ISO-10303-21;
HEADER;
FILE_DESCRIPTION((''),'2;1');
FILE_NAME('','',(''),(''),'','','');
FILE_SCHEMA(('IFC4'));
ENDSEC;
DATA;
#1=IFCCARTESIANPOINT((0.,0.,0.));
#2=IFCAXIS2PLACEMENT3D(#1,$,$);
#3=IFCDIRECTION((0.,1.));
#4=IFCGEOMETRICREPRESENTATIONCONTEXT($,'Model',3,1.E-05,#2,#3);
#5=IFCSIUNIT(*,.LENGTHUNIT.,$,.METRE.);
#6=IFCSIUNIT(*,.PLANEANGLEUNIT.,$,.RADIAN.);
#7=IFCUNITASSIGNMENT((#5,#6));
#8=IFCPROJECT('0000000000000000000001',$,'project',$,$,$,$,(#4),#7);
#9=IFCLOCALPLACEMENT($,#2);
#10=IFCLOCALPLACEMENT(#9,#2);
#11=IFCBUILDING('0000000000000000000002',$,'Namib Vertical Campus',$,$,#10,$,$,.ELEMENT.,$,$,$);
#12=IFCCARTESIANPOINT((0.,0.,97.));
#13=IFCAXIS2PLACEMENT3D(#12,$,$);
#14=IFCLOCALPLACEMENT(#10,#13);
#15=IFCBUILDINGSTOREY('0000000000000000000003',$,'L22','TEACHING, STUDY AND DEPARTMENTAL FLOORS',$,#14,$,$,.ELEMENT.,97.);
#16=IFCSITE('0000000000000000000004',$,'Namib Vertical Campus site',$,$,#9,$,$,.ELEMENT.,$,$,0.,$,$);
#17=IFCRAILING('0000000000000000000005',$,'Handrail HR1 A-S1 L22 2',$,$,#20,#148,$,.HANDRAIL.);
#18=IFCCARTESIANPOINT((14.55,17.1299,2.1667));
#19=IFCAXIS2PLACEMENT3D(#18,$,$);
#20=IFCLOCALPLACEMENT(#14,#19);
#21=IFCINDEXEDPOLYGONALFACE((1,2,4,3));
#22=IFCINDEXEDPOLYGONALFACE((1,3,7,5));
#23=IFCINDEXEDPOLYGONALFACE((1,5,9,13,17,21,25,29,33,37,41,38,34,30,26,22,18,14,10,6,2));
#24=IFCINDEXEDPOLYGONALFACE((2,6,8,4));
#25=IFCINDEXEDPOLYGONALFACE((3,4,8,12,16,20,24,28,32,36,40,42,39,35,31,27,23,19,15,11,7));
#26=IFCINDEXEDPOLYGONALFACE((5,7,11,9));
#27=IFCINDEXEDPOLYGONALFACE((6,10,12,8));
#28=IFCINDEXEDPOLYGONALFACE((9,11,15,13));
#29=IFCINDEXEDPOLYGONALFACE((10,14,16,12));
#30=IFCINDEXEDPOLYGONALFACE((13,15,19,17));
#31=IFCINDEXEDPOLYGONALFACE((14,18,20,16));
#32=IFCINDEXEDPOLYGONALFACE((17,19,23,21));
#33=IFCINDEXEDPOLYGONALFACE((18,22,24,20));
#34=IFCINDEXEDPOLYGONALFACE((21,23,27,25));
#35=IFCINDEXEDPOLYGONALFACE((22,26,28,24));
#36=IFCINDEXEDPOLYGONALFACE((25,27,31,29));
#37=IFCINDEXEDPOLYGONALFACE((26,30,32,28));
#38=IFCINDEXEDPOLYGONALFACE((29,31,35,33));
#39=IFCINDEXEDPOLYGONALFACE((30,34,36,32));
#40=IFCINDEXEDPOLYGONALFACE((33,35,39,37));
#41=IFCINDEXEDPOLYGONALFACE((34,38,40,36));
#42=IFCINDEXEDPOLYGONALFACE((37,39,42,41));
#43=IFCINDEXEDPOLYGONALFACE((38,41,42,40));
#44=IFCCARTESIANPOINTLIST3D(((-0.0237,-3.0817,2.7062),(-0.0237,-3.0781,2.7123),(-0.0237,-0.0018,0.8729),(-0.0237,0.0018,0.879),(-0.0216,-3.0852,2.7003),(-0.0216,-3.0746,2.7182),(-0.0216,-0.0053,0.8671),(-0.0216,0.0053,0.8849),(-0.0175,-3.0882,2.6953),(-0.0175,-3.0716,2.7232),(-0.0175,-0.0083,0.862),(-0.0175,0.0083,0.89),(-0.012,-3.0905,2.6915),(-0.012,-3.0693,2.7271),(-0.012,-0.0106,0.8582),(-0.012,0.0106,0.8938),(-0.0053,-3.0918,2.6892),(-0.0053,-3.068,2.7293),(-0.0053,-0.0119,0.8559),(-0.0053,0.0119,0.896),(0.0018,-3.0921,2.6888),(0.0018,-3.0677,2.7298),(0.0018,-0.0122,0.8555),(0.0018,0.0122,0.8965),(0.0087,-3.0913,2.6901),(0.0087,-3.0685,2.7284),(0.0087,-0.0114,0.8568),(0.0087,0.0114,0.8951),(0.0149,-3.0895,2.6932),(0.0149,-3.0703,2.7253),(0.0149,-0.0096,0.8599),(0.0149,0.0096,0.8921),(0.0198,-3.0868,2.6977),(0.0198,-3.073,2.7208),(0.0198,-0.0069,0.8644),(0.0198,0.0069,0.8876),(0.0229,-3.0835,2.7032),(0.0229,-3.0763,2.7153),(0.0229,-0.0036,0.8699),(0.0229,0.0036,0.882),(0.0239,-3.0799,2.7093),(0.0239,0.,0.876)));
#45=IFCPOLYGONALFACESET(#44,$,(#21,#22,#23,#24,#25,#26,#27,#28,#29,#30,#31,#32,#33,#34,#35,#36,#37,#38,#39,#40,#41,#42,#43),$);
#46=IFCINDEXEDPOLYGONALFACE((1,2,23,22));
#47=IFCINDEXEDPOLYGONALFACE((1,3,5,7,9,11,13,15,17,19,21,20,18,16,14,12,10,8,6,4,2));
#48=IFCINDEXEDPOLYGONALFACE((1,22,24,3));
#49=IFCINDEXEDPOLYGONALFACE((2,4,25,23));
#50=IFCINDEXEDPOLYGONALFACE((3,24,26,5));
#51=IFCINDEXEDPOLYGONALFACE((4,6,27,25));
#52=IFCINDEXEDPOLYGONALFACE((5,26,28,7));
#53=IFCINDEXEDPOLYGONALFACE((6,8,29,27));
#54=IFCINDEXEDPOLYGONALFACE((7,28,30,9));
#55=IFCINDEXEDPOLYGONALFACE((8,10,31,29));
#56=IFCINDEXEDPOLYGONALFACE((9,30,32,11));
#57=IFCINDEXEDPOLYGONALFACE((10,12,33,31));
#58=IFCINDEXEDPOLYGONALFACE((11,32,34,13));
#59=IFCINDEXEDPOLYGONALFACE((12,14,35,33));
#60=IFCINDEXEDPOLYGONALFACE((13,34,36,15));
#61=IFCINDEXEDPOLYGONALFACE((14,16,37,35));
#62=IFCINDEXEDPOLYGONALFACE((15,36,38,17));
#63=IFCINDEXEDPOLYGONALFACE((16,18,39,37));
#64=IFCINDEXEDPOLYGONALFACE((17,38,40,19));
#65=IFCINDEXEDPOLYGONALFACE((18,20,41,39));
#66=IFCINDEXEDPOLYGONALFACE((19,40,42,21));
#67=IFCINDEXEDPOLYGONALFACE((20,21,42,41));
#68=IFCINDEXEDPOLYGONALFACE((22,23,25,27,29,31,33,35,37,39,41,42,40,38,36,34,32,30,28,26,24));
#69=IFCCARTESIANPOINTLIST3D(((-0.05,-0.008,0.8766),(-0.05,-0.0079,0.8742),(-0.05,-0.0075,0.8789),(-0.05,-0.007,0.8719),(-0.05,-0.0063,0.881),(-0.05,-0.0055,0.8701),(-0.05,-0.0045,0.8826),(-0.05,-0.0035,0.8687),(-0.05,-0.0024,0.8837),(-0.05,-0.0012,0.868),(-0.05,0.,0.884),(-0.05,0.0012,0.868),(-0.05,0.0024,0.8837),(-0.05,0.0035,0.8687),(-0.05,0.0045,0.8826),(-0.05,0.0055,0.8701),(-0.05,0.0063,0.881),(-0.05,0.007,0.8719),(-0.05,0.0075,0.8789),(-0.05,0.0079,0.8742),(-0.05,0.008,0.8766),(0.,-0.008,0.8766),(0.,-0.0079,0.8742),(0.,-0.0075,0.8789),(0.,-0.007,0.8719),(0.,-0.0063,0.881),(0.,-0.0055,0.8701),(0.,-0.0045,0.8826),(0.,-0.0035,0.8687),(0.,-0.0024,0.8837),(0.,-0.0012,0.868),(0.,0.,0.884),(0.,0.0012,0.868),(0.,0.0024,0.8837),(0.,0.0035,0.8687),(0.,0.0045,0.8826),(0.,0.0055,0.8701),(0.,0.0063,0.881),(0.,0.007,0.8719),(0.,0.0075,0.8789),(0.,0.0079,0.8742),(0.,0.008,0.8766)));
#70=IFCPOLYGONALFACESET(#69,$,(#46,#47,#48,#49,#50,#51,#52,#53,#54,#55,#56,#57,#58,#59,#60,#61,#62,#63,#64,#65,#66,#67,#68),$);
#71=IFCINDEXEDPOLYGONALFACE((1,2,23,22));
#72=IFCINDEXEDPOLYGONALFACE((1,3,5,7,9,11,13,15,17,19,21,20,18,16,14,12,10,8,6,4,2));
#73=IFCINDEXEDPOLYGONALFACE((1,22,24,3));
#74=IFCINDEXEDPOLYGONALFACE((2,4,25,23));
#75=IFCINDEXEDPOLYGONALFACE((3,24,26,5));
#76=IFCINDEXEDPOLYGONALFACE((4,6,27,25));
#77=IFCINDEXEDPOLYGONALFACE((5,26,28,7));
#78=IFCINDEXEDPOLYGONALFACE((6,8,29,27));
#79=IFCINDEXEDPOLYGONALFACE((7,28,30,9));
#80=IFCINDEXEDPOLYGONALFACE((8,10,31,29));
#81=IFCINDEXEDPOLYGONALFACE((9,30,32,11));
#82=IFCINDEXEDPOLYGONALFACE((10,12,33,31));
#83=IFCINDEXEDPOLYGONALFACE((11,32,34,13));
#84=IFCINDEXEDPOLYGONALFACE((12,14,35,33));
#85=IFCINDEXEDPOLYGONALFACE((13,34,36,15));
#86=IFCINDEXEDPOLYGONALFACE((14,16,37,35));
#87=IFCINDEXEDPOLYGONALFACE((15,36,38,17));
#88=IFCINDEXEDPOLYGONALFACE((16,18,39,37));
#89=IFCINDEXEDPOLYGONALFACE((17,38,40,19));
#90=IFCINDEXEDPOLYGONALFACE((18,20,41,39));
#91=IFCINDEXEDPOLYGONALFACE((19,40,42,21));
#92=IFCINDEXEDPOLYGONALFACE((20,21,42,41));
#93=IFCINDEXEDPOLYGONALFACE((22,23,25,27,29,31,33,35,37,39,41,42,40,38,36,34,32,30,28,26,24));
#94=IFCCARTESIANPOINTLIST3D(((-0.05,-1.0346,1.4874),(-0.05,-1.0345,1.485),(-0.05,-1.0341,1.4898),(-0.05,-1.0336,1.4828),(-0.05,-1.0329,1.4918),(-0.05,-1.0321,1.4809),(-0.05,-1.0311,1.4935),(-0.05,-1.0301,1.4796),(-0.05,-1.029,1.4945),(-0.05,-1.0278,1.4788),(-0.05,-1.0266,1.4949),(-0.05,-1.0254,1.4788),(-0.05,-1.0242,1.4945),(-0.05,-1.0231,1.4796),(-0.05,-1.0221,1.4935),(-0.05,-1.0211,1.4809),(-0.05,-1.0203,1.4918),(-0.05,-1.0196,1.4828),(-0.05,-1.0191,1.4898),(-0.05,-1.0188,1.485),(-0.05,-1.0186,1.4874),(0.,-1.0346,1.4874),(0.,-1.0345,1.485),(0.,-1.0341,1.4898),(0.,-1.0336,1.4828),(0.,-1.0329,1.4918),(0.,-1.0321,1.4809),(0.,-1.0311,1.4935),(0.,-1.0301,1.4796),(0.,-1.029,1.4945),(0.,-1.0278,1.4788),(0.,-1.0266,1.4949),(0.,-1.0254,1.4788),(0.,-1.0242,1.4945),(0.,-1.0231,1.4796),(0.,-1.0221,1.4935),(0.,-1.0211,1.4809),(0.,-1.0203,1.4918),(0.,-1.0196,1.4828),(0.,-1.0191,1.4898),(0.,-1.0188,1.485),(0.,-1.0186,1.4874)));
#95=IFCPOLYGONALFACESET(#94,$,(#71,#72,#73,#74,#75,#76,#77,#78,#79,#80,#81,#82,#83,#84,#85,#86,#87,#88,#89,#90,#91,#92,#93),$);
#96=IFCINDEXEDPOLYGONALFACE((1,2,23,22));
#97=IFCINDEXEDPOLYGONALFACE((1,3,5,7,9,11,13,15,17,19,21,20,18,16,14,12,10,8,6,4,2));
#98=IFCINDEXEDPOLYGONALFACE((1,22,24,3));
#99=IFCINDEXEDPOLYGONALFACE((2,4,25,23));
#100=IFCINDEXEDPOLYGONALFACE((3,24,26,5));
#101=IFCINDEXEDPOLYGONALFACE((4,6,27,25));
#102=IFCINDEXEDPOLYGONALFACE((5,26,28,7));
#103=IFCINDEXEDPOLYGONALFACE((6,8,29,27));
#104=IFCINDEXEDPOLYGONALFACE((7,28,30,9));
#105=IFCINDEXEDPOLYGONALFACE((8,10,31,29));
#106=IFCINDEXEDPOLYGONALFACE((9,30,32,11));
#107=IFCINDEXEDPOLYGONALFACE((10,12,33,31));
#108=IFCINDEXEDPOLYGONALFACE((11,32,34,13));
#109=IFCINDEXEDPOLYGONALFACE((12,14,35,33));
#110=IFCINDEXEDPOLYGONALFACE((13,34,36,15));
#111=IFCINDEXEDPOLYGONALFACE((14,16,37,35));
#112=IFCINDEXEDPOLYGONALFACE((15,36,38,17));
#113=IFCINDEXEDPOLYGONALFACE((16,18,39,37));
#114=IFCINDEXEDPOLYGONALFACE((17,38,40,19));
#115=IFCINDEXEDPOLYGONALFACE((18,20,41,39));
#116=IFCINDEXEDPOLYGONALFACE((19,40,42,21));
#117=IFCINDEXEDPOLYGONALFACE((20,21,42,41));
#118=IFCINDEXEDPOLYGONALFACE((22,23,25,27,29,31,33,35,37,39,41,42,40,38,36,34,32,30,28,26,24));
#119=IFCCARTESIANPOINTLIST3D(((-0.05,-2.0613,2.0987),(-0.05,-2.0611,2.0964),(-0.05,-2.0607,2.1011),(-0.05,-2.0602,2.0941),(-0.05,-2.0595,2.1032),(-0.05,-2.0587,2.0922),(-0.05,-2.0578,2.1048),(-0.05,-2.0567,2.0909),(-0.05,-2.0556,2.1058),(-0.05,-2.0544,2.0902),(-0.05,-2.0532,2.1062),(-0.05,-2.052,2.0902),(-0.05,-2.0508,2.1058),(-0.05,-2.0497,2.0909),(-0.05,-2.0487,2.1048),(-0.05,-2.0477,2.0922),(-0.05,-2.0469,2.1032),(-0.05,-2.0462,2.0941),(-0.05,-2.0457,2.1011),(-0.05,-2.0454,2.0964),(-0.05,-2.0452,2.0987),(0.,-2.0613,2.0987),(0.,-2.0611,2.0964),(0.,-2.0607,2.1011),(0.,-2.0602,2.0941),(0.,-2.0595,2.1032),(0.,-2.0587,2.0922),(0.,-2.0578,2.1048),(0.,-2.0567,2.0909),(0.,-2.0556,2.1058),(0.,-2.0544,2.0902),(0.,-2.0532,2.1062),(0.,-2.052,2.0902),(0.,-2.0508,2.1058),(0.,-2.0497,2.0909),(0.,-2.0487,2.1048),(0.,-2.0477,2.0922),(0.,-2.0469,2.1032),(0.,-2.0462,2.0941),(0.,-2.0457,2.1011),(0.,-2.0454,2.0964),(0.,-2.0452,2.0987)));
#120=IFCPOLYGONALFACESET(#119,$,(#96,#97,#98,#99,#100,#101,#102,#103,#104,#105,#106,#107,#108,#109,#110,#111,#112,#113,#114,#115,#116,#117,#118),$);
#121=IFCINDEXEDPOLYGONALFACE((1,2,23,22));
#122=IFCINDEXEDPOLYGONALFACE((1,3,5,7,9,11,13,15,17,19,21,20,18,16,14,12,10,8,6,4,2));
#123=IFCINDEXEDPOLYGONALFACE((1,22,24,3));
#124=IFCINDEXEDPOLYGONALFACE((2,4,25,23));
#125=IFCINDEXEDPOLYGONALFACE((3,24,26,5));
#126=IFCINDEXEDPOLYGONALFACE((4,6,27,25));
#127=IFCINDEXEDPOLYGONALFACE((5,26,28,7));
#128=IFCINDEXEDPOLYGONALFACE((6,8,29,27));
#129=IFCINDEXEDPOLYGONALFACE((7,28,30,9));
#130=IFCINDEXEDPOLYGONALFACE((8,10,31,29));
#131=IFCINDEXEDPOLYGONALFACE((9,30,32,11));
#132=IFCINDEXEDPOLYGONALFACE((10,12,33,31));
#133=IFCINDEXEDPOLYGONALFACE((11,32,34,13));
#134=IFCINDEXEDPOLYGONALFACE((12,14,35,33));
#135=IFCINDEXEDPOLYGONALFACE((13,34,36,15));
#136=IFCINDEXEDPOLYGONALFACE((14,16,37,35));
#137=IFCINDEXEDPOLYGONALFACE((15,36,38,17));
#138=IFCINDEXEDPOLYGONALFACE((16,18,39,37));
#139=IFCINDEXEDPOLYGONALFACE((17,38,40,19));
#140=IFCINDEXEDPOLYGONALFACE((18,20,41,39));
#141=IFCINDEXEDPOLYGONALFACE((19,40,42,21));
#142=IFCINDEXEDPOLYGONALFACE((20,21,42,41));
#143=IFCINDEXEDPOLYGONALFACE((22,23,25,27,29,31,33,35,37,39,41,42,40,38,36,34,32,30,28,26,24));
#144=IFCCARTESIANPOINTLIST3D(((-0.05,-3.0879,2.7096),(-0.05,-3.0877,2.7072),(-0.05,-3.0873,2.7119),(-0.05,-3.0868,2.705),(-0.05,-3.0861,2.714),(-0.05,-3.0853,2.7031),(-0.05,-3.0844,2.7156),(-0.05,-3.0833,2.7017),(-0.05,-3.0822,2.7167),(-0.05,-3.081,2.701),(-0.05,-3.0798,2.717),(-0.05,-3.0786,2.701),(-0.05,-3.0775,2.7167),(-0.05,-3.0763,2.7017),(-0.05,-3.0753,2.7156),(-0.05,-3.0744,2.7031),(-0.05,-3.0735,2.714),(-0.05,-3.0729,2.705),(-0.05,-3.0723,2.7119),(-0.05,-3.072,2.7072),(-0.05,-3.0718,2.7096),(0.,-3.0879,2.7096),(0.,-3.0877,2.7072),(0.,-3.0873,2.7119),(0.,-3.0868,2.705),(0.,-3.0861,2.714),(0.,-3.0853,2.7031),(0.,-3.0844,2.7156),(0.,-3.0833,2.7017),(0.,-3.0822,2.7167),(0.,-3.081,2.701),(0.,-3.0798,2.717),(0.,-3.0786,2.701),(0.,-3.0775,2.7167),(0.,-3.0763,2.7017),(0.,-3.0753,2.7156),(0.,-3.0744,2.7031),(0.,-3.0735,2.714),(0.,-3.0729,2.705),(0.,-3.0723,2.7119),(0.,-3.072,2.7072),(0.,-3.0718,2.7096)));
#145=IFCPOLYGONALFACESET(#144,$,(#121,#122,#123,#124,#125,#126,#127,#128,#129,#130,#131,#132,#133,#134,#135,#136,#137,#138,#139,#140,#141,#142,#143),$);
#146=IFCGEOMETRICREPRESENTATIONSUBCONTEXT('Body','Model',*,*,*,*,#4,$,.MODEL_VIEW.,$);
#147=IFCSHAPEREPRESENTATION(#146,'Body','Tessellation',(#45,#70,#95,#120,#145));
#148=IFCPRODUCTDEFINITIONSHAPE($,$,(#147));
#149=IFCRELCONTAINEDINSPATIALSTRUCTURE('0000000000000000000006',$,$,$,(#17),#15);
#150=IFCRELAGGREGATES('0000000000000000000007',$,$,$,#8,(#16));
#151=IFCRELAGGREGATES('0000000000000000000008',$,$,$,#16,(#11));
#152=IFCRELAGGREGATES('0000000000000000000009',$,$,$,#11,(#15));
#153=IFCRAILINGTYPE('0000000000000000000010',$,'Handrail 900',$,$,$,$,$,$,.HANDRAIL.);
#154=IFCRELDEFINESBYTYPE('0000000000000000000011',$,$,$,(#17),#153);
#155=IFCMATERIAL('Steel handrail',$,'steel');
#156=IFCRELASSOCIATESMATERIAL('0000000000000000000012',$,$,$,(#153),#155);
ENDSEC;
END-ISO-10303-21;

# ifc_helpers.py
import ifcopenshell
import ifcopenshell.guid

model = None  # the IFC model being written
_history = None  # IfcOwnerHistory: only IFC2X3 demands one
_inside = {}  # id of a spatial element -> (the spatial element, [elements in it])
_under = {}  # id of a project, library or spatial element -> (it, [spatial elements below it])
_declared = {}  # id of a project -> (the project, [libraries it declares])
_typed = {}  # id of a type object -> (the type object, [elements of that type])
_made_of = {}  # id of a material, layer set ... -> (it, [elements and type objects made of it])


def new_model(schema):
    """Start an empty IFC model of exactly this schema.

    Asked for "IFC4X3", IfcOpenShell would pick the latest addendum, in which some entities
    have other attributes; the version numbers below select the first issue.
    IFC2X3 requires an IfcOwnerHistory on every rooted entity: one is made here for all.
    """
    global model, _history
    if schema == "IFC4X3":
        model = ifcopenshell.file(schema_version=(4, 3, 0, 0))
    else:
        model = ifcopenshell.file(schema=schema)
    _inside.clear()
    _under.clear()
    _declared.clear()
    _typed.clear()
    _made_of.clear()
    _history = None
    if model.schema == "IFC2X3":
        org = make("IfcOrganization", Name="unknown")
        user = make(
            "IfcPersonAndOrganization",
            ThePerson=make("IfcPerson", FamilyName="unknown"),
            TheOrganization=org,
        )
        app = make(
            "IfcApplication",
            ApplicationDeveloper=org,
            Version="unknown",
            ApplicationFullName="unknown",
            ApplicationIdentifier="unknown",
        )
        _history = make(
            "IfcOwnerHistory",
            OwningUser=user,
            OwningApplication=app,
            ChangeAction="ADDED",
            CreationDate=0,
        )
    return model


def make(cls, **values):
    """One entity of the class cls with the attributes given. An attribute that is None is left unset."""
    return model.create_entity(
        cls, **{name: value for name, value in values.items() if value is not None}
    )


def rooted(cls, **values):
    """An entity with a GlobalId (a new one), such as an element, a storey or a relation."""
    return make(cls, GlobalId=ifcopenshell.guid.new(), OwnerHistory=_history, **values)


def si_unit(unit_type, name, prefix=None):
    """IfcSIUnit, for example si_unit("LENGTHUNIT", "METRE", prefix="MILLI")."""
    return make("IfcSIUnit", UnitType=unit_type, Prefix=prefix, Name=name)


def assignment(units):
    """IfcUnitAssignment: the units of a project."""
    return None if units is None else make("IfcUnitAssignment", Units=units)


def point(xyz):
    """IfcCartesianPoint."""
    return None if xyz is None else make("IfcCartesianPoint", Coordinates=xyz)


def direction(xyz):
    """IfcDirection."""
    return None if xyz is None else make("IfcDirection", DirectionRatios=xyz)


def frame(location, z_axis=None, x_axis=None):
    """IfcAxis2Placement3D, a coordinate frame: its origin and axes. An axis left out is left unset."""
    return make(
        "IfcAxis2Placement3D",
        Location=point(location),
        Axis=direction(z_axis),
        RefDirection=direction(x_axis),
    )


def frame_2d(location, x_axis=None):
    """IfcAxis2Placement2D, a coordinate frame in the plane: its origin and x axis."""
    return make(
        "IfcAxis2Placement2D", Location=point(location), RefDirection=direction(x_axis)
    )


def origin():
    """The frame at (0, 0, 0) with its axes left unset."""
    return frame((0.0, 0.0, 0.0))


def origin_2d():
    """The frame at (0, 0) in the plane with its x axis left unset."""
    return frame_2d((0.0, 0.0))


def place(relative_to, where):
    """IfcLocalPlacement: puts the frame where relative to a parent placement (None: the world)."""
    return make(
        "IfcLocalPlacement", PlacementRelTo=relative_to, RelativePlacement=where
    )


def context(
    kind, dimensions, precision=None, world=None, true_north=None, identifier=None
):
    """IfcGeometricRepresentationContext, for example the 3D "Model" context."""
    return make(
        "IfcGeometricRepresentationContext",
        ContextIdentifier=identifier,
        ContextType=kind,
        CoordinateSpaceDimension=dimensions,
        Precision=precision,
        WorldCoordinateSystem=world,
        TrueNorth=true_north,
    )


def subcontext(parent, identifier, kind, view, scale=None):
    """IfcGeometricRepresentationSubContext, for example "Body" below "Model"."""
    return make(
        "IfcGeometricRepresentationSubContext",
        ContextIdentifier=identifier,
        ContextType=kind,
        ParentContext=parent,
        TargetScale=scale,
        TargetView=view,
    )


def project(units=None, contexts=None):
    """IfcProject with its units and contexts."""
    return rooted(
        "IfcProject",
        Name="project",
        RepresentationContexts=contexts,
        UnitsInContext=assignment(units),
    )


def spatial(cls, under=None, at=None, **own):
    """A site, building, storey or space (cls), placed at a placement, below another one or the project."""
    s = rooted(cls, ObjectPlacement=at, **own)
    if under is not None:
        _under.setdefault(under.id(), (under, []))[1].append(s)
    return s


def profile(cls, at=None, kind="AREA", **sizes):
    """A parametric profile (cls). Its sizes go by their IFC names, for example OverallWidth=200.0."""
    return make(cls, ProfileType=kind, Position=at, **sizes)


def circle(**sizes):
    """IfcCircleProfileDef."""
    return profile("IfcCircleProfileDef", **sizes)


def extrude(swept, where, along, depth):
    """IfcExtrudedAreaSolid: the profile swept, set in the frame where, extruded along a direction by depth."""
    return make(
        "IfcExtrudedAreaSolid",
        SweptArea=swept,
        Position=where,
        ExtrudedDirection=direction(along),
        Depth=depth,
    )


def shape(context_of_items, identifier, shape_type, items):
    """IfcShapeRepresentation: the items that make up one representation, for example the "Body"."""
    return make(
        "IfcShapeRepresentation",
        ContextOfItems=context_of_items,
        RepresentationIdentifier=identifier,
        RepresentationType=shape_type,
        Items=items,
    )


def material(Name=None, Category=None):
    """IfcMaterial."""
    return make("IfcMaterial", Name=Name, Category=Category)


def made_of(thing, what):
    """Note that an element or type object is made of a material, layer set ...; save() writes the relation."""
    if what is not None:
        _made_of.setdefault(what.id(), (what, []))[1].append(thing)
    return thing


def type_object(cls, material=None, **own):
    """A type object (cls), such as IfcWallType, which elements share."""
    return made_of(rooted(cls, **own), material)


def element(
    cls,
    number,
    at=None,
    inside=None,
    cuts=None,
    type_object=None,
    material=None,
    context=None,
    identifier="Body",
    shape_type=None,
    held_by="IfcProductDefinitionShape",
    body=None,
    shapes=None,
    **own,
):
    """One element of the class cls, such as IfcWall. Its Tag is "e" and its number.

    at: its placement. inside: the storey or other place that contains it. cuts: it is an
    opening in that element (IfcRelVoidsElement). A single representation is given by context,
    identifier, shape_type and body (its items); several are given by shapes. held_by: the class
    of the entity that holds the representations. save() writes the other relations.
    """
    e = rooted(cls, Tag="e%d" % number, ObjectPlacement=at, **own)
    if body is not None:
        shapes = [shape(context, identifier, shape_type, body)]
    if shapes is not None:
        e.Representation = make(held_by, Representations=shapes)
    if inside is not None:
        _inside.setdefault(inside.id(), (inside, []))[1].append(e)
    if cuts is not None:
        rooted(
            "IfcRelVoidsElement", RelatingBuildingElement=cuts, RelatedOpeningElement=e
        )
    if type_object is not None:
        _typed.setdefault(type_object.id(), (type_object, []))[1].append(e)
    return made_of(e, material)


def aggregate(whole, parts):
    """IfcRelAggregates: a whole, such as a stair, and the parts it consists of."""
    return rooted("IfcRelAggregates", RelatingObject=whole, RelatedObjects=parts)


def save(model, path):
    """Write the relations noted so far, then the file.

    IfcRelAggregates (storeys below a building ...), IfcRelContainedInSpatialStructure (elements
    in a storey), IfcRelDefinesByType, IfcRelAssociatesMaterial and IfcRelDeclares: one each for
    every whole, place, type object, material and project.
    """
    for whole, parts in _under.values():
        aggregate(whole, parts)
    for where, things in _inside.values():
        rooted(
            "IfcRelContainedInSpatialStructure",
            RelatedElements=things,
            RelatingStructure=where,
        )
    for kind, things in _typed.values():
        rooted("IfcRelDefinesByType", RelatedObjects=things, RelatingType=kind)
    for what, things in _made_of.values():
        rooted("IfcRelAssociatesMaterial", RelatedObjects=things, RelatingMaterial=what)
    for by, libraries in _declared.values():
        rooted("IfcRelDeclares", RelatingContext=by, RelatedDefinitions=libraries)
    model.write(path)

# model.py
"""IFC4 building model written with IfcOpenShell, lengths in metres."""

from ifc_helpers import new_model, si_unit, direction, frame, origin, origin_2d, place, context, subcontext, project, spatial, circle, extrude, material, type_object, element, save


model = new_model("IFC4")

# Units and contexts
model_context = context("Model", 3, precision=1e-05, world=origin(), true_north=direction((0.0, 1.0)))
body_context = subcontext(model_context, "Body", "Model", "MODEL_VIEW")
ifc_project = project(units=[si_unit("LENGTHUNIT", "METRE"), si_unit("PLANEANGLEUNIT", "RADIAN")], contexts=[model_context])

# Site, building, storey
site_placement = place(None, origin())
site = spatial("IfcSite", under=ifc_project, at=site_placement, Name="Namib Vertical Campus site", CompositionType="ELEMENT", RefElevation=0.0)
building_placement = place(site_placement, origin())
building = spatial("IfcBuilding", under=site, at=building_placement, Name="Namib Vertical Campus", CompositionType="ELEMENT")
storey_placement = place(building_placement, frame((0.0, 0.0, 97.0)))
storey = spatial("IfcBuildingStorey", under=building, at=storey_placement, Name="L22", Description="TEACHING, STUDY AND DEPARTMENTAL FLOORS", CompositionType="ELEMENT", Elevation=97.0)

# Railing
ifc_material_1 = material(Name="Steel handrail", Category="steel")
railing_type_1 = type_object("IfcRailingType", Name="Handrail 900", PredefinedType="HANDRAIL", material=ifc_material_1)
railing_1_placement = place(storey_placement, frame((14.55, 17.1299, 2.1667)))
element("IfcRailing", 1, at=railing_1_placement, inside=storey, type_object=railing_type_1, Name="Handrail HR1 A-S1 L22 2", PredefinedType="HANDRAIL", context=body_context, shape_type="SweptSolid", body=[
    extrude(circle(Radius=0.0239, at=origin_2d()), frame((0.0, 0.0, 0.876), z_axis=(0.0, -0.859291, 0.511487), x_axis=(1.0, 0.0, 0.0)), (0.0, 0.0, 1.0), 3.5842),
    extrude(circle(Radius=0.0081, at=origin_2d()), frame((0.0, 0.0, 0.876), z_axis=(-1.0, 0.0, 0.0), x_axis=(0.0, 0.0, 1.0)), (0.0, 0.0, 1.0), 0.05),
    extrude(circle(Radius=0.0081, at=origin_2d()), frame((0.0, -1.0266, 1.4868), z_axis=(-1.0, 0.0, 0.0), x_axis=(0.0, 0.0, 1.0)), (0.0, 0.0, 1.0), 0.05),
    extrude(circle(Radius=0.0081, at=origin_2d()), frame((0.0, -2.0532, 2.0981), z_axis=(-1.0, 0.0, 0.0), x_axis=(0.0, 0.0, 1.0)), (0.0, 0.0, 1.0), 0.05),
    extrude(circle(Radius=0.0081, at=origin_2d()), frame((0.0, -3.0798, 2.709), z_axis=(-1.0, 0.0, 0.0), x_axis=(0.0, 0.0, 1.0)), (0.0, 0.0, 1.0), 0.05),
])

save(model, "model.ifc")
